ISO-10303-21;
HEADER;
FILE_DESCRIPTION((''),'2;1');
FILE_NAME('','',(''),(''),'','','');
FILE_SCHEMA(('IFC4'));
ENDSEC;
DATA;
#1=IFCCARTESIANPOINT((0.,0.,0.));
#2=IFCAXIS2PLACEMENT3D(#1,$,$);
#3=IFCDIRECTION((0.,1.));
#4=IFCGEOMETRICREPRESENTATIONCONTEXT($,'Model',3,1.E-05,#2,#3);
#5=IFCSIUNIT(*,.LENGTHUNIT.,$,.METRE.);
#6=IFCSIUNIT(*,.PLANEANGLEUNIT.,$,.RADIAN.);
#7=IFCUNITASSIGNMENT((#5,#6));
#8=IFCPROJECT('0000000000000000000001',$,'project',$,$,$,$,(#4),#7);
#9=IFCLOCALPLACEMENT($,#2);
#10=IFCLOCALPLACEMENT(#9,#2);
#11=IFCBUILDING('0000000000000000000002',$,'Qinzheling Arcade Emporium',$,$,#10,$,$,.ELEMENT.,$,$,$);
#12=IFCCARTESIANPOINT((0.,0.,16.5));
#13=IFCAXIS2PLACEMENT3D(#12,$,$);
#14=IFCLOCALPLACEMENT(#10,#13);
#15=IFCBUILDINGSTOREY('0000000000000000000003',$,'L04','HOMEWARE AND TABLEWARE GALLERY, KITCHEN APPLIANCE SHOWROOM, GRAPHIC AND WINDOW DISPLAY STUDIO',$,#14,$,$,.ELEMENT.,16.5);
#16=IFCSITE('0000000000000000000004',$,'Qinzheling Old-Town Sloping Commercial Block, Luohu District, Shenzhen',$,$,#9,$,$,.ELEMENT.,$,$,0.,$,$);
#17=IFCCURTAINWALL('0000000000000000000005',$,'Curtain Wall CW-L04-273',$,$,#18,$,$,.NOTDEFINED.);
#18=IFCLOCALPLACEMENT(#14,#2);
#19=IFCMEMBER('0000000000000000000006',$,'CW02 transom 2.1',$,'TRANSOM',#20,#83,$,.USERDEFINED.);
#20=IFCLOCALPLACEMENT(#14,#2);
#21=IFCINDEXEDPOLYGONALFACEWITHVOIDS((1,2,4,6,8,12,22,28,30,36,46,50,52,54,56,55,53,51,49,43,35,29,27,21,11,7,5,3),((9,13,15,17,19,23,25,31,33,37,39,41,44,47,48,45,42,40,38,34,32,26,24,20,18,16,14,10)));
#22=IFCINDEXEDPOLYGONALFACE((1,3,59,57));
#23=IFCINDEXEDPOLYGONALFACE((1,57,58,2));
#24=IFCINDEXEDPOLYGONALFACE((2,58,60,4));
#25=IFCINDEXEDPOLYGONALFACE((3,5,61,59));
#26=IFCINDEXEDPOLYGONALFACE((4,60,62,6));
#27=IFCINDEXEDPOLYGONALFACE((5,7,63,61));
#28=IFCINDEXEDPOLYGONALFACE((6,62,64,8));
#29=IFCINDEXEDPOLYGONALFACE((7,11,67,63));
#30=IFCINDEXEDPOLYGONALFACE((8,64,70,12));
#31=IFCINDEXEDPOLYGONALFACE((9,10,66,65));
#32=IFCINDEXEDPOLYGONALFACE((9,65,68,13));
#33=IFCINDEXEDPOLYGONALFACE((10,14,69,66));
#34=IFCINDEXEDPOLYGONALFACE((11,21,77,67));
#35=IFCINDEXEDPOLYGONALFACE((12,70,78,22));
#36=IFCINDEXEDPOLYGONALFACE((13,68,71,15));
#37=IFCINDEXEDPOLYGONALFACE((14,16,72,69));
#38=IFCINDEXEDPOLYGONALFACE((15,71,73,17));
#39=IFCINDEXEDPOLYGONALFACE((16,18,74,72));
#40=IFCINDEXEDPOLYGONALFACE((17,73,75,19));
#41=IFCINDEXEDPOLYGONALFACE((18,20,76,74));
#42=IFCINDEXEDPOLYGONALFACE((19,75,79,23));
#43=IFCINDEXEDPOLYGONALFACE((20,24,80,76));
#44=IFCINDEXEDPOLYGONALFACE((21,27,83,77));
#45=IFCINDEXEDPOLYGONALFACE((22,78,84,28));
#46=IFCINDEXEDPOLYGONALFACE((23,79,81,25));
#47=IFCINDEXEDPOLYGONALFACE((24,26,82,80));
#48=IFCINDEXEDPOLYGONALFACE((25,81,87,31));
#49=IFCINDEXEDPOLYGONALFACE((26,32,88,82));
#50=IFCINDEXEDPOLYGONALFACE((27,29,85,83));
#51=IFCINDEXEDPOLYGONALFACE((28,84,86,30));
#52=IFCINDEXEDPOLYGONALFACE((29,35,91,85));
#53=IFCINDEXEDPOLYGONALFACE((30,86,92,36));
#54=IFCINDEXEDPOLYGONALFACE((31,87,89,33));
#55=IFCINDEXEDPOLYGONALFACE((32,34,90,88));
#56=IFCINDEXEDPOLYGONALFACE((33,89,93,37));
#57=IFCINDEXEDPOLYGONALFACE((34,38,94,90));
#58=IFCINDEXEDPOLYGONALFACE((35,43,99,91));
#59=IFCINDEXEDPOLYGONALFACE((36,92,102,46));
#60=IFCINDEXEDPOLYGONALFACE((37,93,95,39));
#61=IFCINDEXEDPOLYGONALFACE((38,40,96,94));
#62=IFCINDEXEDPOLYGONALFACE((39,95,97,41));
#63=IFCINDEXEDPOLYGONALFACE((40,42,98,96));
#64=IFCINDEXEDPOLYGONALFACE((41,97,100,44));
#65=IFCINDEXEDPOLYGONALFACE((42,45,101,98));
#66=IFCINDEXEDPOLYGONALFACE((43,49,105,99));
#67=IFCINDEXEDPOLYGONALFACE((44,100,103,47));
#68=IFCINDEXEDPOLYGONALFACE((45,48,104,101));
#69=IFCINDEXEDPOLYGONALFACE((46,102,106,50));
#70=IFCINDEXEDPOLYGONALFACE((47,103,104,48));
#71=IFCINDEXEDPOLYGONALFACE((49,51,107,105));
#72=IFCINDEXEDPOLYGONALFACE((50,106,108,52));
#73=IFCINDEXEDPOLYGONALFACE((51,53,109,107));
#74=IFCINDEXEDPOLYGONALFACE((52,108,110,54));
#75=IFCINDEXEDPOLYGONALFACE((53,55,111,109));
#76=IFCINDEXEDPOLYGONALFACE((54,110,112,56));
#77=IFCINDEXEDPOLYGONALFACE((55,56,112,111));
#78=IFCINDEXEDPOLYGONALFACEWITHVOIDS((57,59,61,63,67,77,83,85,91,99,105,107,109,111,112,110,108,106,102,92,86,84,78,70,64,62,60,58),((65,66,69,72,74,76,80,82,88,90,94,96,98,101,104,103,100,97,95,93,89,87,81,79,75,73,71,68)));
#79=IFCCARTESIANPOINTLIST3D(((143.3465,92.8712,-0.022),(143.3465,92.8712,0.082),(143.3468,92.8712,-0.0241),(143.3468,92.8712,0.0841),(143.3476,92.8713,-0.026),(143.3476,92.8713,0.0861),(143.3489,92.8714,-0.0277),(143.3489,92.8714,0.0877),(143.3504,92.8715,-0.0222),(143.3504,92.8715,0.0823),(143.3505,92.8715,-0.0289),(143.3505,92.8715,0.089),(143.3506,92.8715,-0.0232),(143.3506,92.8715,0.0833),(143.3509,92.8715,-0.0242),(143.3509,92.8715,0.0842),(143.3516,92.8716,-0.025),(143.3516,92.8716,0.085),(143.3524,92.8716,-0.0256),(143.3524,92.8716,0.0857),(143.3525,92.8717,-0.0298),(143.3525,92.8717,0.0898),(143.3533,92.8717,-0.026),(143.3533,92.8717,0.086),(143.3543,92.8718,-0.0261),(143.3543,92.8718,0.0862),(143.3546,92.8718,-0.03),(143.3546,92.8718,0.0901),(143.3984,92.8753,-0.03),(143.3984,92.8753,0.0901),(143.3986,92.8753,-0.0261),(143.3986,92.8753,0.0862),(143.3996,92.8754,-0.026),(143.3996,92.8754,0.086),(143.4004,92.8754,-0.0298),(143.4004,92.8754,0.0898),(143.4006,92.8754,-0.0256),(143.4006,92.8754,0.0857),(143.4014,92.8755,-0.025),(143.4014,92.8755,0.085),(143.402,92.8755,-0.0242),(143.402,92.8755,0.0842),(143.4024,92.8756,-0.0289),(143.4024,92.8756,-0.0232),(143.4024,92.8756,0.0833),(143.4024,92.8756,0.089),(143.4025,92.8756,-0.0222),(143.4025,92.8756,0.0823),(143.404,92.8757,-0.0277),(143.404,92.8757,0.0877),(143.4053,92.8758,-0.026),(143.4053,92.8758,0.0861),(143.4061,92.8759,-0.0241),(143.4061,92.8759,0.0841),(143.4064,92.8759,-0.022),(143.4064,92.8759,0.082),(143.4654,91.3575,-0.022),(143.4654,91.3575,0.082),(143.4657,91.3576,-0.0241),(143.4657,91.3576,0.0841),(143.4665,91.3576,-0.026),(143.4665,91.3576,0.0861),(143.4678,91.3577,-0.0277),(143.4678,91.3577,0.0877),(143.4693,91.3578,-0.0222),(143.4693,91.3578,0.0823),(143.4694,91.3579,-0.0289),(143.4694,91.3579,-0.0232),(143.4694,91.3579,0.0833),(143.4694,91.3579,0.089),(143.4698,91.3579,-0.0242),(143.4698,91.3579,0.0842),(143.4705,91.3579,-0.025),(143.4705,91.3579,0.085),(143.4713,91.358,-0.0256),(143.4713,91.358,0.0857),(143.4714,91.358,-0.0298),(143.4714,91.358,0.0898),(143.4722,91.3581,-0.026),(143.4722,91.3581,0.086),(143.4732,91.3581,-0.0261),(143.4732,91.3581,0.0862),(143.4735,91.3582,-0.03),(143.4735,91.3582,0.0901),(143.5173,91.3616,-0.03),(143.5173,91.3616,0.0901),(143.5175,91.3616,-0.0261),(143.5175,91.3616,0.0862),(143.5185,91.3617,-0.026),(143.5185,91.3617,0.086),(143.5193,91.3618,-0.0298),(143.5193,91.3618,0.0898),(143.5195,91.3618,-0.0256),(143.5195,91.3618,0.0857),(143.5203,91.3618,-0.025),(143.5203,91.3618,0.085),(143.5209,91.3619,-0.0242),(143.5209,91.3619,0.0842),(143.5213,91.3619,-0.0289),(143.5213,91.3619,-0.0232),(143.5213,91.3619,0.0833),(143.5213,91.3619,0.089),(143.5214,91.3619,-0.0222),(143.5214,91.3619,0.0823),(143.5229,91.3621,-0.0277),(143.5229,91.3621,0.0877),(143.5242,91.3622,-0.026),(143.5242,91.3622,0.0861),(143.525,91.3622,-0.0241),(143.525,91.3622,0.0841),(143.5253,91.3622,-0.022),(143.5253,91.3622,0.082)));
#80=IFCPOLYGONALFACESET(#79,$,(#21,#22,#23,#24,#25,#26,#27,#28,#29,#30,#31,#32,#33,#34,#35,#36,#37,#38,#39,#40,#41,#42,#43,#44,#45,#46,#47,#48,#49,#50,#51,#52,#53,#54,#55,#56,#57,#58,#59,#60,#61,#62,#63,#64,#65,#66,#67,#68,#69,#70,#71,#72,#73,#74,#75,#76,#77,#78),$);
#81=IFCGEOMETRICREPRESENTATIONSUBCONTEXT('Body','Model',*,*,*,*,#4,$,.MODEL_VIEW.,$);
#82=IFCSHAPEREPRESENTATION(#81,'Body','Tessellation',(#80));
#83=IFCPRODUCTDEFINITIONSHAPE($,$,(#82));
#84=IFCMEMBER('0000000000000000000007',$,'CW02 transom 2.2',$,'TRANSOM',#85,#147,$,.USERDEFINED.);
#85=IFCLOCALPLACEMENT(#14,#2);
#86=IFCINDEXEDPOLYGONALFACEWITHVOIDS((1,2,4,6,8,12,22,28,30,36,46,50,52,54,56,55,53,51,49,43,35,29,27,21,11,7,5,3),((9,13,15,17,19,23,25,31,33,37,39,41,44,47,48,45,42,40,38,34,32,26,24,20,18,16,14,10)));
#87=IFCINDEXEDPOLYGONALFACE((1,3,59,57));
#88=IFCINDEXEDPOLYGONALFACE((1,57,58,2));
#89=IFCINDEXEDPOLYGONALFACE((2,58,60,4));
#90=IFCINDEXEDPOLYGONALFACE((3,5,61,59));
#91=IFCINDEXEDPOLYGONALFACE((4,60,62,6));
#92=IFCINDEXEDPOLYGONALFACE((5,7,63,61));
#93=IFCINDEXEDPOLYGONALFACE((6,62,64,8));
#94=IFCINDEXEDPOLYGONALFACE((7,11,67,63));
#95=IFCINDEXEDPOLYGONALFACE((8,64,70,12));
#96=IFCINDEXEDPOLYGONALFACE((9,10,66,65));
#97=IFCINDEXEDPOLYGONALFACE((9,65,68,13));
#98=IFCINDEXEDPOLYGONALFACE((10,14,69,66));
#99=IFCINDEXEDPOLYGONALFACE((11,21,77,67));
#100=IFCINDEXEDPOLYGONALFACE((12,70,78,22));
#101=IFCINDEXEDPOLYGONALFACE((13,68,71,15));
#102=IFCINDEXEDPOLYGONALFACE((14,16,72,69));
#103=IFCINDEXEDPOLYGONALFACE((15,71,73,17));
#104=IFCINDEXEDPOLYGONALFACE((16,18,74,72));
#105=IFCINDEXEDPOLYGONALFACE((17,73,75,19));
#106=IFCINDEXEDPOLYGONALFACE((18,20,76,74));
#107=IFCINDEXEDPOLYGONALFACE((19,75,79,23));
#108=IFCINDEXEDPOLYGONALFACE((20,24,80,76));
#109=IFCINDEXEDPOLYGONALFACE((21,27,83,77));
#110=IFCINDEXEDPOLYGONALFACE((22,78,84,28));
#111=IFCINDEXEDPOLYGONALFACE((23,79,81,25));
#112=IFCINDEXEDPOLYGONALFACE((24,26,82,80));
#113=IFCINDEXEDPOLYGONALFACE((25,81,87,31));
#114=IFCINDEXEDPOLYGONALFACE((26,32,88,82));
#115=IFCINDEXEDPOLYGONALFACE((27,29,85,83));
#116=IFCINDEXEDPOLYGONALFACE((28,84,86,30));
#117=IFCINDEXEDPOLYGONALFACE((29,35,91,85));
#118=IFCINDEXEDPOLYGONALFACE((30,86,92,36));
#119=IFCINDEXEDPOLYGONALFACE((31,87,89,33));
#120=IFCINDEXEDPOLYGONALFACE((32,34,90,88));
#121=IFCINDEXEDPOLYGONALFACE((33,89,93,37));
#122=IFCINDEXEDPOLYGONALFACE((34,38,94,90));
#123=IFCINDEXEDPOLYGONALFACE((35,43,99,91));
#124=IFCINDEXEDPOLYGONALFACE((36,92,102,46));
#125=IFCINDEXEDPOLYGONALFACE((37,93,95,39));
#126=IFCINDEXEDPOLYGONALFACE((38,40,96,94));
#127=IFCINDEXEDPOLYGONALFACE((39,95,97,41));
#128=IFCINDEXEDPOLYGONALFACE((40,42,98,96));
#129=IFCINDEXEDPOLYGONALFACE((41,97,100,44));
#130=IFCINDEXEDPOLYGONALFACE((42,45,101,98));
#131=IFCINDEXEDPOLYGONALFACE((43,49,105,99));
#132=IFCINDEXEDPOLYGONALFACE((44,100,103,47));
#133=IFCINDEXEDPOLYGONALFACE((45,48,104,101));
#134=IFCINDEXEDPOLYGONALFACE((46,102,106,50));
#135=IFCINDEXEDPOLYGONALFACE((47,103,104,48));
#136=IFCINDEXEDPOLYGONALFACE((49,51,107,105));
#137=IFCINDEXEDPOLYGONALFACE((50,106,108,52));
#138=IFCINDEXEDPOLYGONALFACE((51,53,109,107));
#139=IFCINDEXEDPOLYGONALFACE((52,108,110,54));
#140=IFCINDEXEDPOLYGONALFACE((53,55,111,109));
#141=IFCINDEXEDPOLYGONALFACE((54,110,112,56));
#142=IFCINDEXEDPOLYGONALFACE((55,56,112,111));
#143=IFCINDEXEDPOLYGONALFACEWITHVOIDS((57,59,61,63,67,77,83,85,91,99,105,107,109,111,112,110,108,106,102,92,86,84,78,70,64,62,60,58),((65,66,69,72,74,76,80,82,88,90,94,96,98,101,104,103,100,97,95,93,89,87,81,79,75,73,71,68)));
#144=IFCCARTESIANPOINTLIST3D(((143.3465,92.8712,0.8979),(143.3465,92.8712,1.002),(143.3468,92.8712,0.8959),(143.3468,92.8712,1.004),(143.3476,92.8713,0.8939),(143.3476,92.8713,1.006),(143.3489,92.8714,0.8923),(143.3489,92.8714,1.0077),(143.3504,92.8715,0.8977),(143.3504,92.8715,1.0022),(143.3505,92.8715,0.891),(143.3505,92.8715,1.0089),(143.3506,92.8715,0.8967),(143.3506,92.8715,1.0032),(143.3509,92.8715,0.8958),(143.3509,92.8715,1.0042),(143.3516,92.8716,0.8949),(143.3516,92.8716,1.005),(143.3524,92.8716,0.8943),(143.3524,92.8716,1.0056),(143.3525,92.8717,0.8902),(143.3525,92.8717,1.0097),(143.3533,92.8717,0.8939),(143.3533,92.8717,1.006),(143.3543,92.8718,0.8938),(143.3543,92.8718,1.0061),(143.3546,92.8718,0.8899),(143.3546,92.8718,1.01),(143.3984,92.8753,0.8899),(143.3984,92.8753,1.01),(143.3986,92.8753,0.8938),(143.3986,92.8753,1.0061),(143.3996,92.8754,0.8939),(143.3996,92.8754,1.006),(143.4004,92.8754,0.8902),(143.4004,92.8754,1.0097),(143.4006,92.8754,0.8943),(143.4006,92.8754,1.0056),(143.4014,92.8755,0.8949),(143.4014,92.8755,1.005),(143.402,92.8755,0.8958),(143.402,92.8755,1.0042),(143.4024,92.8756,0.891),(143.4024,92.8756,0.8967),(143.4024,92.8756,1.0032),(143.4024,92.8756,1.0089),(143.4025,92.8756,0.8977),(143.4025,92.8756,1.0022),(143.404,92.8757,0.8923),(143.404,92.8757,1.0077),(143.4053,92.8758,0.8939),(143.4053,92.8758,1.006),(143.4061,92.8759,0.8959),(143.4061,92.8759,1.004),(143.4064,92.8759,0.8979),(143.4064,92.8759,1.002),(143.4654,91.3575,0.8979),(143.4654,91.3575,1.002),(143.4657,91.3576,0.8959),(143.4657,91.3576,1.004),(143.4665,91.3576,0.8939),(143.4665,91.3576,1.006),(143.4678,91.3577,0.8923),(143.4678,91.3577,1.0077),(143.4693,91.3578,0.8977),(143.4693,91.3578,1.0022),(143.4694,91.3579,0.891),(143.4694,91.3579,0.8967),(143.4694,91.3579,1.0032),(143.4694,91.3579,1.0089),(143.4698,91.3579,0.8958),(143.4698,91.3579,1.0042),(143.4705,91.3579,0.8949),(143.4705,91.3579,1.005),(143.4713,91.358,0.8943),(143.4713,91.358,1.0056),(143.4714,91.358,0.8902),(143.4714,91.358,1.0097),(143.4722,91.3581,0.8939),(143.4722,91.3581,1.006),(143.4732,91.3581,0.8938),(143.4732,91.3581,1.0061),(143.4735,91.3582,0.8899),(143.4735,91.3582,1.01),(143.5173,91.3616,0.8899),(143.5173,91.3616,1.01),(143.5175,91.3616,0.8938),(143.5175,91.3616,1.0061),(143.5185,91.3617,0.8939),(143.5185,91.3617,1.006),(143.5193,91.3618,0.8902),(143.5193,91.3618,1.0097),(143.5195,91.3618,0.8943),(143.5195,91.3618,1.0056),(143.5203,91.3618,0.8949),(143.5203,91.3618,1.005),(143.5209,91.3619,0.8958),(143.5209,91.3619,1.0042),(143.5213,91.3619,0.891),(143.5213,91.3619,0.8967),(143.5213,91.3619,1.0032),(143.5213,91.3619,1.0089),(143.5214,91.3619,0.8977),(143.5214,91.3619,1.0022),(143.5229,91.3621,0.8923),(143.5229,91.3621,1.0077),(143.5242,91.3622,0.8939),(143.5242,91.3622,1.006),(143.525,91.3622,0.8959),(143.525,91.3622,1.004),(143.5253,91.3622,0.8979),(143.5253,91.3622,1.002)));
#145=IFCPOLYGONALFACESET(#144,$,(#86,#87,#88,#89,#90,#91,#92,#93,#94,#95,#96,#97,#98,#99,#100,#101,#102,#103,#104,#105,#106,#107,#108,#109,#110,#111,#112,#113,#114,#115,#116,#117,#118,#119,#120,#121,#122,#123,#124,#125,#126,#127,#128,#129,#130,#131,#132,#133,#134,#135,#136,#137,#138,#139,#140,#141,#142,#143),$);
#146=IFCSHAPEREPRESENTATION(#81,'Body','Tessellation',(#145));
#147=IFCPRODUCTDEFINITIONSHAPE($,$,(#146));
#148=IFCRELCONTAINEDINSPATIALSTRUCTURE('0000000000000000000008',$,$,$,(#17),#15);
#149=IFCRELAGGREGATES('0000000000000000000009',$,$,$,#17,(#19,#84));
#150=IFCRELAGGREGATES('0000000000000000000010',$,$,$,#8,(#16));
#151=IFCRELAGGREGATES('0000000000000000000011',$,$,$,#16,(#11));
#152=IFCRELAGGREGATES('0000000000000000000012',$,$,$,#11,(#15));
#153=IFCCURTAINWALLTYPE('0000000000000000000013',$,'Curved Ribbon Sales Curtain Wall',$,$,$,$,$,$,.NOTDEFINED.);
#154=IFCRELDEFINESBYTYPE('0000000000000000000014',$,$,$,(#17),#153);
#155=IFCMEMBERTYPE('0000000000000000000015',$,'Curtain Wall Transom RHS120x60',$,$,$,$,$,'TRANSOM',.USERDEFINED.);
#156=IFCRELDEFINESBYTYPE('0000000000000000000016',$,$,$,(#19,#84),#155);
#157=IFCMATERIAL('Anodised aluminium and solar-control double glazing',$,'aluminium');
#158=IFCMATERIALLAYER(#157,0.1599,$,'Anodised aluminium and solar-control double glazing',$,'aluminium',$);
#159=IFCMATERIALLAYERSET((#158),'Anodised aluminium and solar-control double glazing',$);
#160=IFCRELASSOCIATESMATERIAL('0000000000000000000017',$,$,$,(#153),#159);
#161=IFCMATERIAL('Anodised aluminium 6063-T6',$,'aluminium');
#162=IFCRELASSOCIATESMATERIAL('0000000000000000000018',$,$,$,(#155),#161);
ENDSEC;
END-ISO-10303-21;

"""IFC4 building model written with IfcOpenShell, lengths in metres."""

from ifc_helpers import new_model, si_unit, direction, frame, origin, origin_2d, place, context, subcontext, project, spatial, hollow_rectangle, extrude, material, layer, layer_set, material_profile, profile_set, type_object, element, aggregate, save


model = new_model("IFC4")

# Units and contexts
model_context = context("Model", 3, precision=1e-05, world=origin(), true_north=direction((0.0, 1.0)))
body_context = subcontext(model_context, "Body", "Model", "MODEL_VIEW")
ifc_project = project(units=[si_unit("LENGTHUNIT", "METRE"), si_unit("PLANEANGLEUNIT", "RADIAN")], contexts=[model_context])

# Site, building, storey
site_placement = place(None, origin())
site = spatial("IfcSite", under=ifc_project, at=site_placement, Name="Qinzheling Old-Town Sloping Commercial Block, Luohu District, Shenzhen", CompositionType="ELEMENT", RefElevation=0.0)
building_placement = place(site_placement, origin())
building = spatial("IfcBuilding", under=site, at=building_placement, Name="Qinzheling Arcade Emporium", CompositionType="ELEMENT")
storey_placement = place(building_placement, frame((0.0, 0.0, 16.5)))
storey = spatial("IfcBuildingStorey", under=building, at=storey_placement, Name="L04", Description="HOMEWARE AND TABLEWARE GALLERY, KITCHEN APPLIANCE SHOWROOM, GRAPHIC AND WINDOW DISPLAY STUDIO", CompositionType="ELEMENT", Elevation=16.5)

# Shared definitions
ifc_material_1 = material(Name="Anodised aluminium and solar-control double glazing", Category="aluminium")
ifc_layer_1 = layer(ifc_material_1, 0.1599, Name="Anodised aluminium and solar-control double glazing", Category="aluminium")
ifc_layer_set_1 = layer_set([ifc_layer_1], Name="Anodised aluminium and solar-control double glazing")
curtain_wall_type = type_object("IfcCurtainWallType", Name="Curved Ribbon Sales Curtain Wall", PredefinedType="NOTDEFINED", material=ifc_layer_set_1)
ifc_material_2 = material(Name="Anodised aluminium 6063-T6", Category="aluminium")

# Curtain wall, members
curtain_wall_1_placement = place(storey_placement, origin())
curtain_wall_1 = element("IfcCurtainWall", 1, at=curtain_wall_1_placement, inside=storey, type_object=curtain_wall_type, Name="Curtain Wall CW-L04-273", PredefinedType="NOTDEFINED")
ifc_material_profile_1 = material_profile(ifc_material_2, hollow_rectangle(XDim=0.0601, YDim=0.1201, WallThickness=0.0039, InnerFilletRadius=0.0039, OuterFilletRadius=0.0081, at=origin_2d()), Name="RHS 120x60x4", Category="aluminium")
ifc_profile_set_1 = profile_set([ifc_material_profile_1], Name="Anodised aluminium 6063-T6")
member_type_1 = type_object("IfcMemberType", Name="Curtain Wall Transom RHS120x60", ElementType="TRANSOM", PredefinedType="USERDEFINED", material=ifc_profile_set_1)
member_1_placement = place(storey_placement, frame((143.3765, 92.8735, 0.03), z_axis=(0.078307, -0.996929, 0.0), x_axis=(0.996929, 0.078307, 0.0)))
member_1 = element("IfcMember", 2, at=member_1_placement, type_object=member_type_1, Name="CW02 transom 2.1", ObjectType="TRANSOM", PredefinedType="USERDEFINED", context=body_context, shape_type="SweptSolid", body=[
    extrude(hollow_rectangle(XDim=0.0601, YDim=0.1201, WallThickness=0.0039, InnerFilletRadius=0.0039, OuterFilletRadius=0.0081, at=origin_2d()), origin(), (0.0, 0.0, 1.0), 1.5183),
])
member_2_placement = place(storey_placement, frame((143.3765, 92.8735, 0.95), z_axis=(0.078307, -0.996929, 0.0), x_axis=(0.996929, 0.078307, 0.0)))
member_2 = element("IfcMember", 3, at=member_2_placement, type_object=member_type_1, Name="CW02 transom 2.2", ObjectType="TRANSOM", PredefinedType="USERDEFINED", context=body_context, shape_type="SweptSolid", body=[
    extrude(hollow_rectangle(XDim=0.0601, YDim=0.1201, WallThickness=0.0039, InnerFilletRadius=0.0039, OuterFilletRadius=0.0081, at=origin_2d()), origin(), (0.0, 0.0, 1.0), 1.5183),
])

aggregate(curtain_wall_1, [member_1, member_2])

save(model, "model.ifc")
